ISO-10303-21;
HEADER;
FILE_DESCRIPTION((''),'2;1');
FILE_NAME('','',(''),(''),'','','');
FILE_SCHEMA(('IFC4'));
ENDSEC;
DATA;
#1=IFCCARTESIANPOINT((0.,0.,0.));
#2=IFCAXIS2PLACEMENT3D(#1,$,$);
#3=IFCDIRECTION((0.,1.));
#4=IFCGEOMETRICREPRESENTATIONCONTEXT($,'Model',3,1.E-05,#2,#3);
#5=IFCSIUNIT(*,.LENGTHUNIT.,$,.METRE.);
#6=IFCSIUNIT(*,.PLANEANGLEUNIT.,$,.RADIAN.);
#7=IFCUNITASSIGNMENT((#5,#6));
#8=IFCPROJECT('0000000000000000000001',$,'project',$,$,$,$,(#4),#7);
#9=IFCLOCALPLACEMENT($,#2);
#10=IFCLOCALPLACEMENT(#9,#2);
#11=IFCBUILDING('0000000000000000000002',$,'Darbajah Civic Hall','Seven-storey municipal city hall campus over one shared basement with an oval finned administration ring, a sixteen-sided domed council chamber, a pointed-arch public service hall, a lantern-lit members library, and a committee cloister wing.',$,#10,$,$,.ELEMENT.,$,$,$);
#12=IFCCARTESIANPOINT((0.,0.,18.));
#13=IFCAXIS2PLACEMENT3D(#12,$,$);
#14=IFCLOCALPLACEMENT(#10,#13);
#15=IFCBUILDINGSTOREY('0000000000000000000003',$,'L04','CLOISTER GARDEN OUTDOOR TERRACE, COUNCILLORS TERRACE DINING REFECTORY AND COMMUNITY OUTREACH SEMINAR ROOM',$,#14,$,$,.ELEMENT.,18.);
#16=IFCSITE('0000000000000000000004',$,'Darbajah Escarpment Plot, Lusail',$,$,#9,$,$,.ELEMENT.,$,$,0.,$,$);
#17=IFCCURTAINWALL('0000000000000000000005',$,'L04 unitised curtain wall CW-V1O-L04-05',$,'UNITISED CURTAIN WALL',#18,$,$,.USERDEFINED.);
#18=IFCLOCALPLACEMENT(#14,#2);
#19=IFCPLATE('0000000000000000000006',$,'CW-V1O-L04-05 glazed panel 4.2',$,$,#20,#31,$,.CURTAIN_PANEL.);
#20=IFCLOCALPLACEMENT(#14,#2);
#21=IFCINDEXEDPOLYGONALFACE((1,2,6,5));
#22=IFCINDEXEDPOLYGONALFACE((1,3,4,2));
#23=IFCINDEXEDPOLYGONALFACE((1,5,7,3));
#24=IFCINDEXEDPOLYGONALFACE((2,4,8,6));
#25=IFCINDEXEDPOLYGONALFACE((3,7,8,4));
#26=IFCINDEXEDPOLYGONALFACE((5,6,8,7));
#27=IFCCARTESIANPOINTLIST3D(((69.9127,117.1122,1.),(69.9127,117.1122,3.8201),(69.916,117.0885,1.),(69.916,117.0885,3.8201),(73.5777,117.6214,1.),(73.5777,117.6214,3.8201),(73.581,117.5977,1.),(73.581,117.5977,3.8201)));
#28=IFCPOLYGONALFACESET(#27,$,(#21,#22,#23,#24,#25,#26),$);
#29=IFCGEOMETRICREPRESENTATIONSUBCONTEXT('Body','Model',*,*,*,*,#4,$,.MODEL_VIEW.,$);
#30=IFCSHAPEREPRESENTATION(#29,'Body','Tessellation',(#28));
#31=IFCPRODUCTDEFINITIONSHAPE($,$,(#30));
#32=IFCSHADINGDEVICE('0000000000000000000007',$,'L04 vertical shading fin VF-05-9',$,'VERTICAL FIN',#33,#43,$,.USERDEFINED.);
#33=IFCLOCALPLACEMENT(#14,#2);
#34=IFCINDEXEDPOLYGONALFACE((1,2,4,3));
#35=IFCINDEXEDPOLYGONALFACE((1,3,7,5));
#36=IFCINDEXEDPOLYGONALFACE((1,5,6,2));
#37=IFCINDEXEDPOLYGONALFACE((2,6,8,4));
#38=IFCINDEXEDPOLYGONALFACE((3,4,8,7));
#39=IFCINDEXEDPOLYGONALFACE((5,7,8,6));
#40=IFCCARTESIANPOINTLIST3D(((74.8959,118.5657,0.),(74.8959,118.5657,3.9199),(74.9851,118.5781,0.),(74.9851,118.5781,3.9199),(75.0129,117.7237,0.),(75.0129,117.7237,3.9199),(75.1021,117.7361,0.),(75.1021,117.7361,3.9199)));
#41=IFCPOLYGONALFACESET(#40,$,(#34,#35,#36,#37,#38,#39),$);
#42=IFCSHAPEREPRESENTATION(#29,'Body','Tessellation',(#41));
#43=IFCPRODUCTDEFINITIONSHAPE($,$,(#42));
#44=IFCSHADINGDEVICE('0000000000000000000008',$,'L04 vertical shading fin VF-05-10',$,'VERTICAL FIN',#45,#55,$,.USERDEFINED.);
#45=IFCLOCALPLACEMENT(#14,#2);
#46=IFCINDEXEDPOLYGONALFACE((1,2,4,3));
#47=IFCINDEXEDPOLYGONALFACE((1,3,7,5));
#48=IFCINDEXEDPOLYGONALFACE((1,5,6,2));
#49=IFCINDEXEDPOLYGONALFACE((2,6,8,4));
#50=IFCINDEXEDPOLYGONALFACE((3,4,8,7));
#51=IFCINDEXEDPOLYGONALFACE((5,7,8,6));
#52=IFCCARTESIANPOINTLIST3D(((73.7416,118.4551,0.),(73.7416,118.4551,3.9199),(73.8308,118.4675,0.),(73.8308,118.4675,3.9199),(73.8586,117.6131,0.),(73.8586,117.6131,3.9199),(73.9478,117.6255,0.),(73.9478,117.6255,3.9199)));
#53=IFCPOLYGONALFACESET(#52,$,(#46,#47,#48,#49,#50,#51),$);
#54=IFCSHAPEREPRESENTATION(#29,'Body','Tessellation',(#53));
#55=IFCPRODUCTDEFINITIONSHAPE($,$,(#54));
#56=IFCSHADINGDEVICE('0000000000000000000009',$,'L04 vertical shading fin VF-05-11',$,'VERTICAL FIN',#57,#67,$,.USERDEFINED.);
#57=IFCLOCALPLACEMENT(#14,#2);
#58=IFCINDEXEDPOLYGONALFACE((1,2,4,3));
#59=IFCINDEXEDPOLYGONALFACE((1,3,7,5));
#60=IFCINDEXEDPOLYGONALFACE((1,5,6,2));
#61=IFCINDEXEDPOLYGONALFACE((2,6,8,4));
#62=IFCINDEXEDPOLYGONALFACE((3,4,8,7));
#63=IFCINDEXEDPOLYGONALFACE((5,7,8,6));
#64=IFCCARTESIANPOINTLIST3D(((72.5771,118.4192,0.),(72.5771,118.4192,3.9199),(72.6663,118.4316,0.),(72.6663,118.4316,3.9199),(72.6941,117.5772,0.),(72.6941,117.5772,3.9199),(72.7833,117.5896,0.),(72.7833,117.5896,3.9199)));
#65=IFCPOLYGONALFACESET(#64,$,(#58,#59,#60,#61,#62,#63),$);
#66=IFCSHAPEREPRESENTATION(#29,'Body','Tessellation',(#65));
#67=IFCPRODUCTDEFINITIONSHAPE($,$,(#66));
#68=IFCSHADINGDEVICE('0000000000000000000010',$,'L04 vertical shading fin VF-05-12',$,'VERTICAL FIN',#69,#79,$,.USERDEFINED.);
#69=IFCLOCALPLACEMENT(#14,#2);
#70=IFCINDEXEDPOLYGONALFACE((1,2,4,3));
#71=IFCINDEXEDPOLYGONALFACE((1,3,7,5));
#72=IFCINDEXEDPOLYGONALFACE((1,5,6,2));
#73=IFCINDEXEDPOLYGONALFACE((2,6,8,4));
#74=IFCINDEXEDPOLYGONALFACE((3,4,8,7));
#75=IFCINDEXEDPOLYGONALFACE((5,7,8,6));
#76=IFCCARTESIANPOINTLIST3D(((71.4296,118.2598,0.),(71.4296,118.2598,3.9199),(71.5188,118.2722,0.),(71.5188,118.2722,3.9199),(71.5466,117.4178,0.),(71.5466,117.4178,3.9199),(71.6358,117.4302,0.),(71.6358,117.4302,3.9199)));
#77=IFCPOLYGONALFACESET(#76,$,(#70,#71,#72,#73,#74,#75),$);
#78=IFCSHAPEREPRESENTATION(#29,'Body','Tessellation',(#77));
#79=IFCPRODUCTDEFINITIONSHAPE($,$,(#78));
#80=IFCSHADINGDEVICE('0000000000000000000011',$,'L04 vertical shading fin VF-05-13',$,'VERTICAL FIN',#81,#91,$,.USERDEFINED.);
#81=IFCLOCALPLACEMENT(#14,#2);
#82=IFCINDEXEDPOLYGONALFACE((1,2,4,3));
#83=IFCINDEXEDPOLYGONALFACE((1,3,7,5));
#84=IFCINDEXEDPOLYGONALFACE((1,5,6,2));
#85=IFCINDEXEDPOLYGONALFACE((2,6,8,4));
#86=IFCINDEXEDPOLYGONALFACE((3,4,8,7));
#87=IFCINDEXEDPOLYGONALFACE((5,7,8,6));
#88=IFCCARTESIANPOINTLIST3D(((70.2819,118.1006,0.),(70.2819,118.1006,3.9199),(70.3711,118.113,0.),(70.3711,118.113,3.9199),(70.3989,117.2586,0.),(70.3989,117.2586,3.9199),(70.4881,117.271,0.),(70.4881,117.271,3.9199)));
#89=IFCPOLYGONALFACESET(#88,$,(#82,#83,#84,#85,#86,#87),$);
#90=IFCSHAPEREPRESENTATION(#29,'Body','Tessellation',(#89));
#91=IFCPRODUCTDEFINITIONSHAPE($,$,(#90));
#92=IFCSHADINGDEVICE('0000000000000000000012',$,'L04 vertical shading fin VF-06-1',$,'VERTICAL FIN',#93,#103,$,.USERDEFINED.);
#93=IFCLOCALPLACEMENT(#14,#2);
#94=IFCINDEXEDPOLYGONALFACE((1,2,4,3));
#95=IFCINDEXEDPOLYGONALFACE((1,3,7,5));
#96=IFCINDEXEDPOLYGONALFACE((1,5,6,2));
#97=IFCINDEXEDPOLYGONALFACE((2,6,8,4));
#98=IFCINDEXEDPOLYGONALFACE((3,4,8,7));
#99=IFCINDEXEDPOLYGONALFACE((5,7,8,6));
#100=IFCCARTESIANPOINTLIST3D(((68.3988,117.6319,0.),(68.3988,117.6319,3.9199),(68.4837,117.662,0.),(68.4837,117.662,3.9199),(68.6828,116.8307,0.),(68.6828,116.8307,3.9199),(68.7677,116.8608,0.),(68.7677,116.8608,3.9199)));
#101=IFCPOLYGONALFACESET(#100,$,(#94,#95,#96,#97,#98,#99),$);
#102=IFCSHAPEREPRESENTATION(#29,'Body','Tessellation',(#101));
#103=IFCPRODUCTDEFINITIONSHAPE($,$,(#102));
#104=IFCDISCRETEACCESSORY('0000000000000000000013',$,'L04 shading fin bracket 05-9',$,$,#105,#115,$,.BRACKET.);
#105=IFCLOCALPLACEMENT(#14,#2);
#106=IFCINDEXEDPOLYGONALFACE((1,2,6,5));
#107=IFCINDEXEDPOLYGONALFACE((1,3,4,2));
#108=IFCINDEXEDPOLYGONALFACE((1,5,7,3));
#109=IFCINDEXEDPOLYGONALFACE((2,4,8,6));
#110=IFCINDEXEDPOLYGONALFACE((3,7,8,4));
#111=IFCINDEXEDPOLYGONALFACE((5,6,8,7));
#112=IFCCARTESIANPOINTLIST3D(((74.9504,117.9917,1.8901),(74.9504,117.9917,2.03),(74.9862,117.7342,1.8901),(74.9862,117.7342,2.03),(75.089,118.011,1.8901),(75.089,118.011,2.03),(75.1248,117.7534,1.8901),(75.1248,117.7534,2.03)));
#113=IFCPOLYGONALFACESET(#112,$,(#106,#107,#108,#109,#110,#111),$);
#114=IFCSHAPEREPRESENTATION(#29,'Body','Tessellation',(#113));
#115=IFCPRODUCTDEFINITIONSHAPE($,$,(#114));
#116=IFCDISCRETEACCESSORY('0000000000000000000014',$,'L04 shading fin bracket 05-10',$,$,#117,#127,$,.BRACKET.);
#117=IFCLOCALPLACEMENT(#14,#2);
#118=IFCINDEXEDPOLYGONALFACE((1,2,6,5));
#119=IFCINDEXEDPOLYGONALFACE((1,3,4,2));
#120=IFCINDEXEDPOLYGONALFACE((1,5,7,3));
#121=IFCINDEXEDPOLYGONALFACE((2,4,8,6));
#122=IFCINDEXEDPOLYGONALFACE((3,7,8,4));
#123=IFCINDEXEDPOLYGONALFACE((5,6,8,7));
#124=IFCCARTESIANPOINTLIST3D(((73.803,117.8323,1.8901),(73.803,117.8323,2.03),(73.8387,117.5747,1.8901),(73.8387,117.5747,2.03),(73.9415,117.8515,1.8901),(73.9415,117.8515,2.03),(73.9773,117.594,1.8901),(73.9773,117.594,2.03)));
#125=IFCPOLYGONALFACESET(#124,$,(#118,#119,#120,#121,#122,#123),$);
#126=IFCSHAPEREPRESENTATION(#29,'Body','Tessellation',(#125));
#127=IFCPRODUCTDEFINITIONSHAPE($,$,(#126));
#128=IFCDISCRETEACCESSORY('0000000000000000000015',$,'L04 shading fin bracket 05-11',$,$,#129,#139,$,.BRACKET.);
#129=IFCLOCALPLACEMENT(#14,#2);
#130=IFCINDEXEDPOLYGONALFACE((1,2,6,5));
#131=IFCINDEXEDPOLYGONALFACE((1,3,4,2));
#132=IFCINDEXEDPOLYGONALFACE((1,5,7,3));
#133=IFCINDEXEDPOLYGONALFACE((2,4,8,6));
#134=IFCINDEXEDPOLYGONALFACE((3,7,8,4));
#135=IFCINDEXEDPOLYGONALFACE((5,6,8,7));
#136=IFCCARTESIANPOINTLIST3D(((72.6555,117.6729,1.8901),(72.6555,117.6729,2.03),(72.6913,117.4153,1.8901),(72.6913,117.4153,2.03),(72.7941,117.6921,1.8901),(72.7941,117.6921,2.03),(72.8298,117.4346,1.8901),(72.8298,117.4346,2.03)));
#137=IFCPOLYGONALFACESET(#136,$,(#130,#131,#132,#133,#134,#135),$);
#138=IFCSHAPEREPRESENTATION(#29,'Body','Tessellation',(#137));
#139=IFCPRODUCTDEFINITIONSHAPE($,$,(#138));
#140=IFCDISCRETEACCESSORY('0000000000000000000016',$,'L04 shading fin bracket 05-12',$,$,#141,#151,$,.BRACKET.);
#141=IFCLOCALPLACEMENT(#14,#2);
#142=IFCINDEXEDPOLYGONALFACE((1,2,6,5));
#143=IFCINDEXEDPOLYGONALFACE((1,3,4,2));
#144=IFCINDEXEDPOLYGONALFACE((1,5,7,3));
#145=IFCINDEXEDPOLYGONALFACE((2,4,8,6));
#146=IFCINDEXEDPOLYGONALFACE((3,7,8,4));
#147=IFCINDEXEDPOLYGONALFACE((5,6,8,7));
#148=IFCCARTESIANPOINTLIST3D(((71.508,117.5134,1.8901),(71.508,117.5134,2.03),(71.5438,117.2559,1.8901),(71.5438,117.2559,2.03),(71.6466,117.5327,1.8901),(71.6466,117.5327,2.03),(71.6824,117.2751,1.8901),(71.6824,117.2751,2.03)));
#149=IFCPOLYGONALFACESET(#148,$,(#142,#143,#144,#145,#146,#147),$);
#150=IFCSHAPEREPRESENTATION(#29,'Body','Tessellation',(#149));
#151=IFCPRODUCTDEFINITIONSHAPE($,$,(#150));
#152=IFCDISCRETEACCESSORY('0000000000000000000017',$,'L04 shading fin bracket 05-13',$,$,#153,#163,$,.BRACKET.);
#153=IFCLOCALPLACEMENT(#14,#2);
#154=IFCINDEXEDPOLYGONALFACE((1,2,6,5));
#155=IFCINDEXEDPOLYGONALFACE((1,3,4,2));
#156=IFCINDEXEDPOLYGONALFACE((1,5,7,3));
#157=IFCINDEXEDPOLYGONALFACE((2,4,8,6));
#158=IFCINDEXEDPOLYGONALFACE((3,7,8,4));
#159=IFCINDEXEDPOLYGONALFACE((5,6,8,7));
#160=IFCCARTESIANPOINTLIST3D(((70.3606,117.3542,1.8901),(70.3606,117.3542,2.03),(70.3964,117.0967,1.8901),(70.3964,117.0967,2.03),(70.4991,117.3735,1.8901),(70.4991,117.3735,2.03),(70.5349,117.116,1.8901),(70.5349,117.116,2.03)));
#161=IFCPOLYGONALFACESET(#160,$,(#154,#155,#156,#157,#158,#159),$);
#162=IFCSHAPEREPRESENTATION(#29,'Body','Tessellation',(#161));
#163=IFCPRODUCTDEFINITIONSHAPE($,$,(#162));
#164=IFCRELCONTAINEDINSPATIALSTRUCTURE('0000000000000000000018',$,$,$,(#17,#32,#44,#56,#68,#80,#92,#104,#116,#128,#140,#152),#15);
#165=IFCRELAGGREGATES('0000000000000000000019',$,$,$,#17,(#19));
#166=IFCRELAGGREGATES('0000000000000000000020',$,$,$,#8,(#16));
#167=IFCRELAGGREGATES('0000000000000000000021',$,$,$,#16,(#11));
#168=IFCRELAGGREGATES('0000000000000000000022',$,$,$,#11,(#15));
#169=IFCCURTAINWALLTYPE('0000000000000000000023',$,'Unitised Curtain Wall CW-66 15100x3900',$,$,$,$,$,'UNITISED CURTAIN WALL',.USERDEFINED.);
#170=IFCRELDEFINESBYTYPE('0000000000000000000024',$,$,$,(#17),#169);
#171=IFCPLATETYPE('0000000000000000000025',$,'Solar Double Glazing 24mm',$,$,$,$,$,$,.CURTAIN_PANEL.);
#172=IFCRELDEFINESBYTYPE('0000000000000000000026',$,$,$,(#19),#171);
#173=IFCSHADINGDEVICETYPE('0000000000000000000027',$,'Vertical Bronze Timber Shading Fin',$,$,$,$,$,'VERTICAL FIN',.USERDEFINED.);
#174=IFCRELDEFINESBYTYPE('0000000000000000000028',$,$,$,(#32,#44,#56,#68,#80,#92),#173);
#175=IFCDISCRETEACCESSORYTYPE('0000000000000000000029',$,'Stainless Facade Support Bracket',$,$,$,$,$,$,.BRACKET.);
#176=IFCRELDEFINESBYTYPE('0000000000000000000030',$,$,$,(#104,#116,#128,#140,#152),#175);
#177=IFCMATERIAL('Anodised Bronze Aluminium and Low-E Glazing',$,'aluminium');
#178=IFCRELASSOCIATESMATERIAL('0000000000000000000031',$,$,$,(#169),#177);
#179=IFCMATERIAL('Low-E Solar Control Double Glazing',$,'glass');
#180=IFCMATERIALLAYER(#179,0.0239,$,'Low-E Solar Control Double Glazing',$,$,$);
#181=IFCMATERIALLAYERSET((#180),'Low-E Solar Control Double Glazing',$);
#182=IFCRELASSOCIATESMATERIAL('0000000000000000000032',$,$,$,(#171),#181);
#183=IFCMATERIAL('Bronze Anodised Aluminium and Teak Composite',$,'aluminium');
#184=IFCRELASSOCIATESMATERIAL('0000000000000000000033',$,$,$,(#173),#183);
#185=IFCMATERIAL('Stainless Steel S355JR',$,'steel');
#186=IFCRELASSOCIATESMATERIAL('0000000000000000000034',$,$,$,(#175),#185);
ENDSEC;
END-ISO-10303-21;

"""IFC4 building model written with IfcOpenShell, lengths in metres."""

from ifc_helpers import new_model, si_unit, direction, frame, origin, origin_2d, place, context, subcontext, project, spatial, rectangle, extrude, material, layer, layer_set, type_object, element, aggregate, save


model = new_model("IFC4")

# Units and contexts
model_context = context("Model", 3, precision=1e-05, world=origin(), true_north=direction((0.0, 1.0)))
body_context = subcontext(model_context, "Body", "Model", "MODEL_VIEW")
ifc_project = project(units=[si_unit("LENGTHUNIT", "METRE"), si_unit("PLANEANGLEUNIT", "RADIAN")], contexts=[model_context])

# Site, building, storey
site_placement = place(None, origin())
site = spatial("IfcSite", under=ifc_project, at=site_placement, Name="Darbajah Escarpment Plot, Lusail", CompositionType="ELEMENT", RefElevation=0.0)
building_placement = place(site_placement, origin())
building = spatial("IfcBuilding", under=site, at=building_placement, Name="Darbajah Civic Hall", Description="Seven-storey municipal city hall campus over one shared basement with an oval finned administration ring, a sixteen-sided domed council chamber, a pointed-arch public service hall, a lantern-lit members library, and a committee cloister wing.", CompositionType="ELEMENT")
storey_placement = place(building_placement, frame((0.0, 0.0, 18.0)))
storey = spatial("IfcBuildingStorey", under=building, at=storey_placement, Name="L04", Description="CLOISTER GARDEN OUTDOOR TERRACE, COUNCILLORS TERRACE DINING REFECTORY AND COMMUNITY OUTREACH SEMINAR ROOM", CompositionType="ELEMENT", Elevation=18.0)

# Curtain wall
ifc_material_1 = material(Name="Anodised Bronze Aluminium and Low-E Glazing", Category="aluminium")
curtain_wall_type_1 = type_object("IfcCurtainWallType", Name="Unitised Curtain Wall CW-66 15100x3900", ElementType="UNITISED CURTAIN WALL", PredefinedType="USERDEFINED", material=ifc_material_1)
curtain_wall_1_placement = place(storey_placement, origin())
curtain_wall_1 = element("IfcCurtainWall", 1, at=curtain_wall_1_placement, inside=storey, type_object=curtain_wall_type_1, Name="L04 unitised curtain wall CW-V1O-L04-05", ObjectType="UNITISED CURTAIN WALL", PredefinedType="USERDEFINED")

# Plate
ifc_material_2 = material(Name="Low-E Solar Control Double Glazing", Category="glass")
ifc_layer = layer(ifc_material_2, 0.0239, Name="Low-E Solar Control Double Glazing")
ifc_layer_set = layer_set([ifc_layer], Name="Low-E Solar Control Double Glazing")
plate_type = type_object("IfcPlateType", Name="Solar Double Glazing 24mm", PredefinedType="CURTAIN_PANEL", material=ifc_layer_set)
plate_1_placement = place(storey_placement, frame((71.7468, 117.355, 1.0), z_axis=(0.0, 0.0, 1.0), x_axis=(-0.990485, -0.137617, 0.0)))
plate_1 = element("IfcPlate", 2, at=plate_1_placement, type_object=plate_type, Name="CW-V1O-L04-05 glazed panel 4.2", PredefinedType="CURTAIN_PANEL", context=body_context, shape_type="SweptSolid", body=[
    extrude(rectangle(XDim=3.7002, YDim=0.0239, at=origin_2d()), origin(), (0.0, 0.0, 1.0), 2.8201),
])
aggregate(curtain_wall_1, [plate_1])

# Shading devices
ifc_material_3 = material(Name="Bronze Anodised Aluminium and Teak Composite", Category="aluminium")
shading_device_type = type_object("IfcShadingDeviceType", Name="Vertical Bronze Timber Shading Fin", ElementType="VERTICAL FIN", PredefinedType="USERDEFINED", material=ifc_material_3)
for number, where, z_axis, x_axis, name in (
    (3, (74.999, 118.1509, 0.0), (0.0, 0.0, 1.0), (-0.137617, 0.990485, 0.0), "L04 vertical shading fin VF-05-9"),
    (4, (73.8447, 118.0403, 0.0), (0.0, 0.0, 1.0), (-0.137617, 0.990485, 0.0), "L04 vertical shading fin VF-05-10"),
    (5, (72.6802, 118.0044, 0.0), (0.0, 0.0, 1.0), (-0.137617, 0.990485, 0.0), "L04 vertical shading fin VF-05-11"),
    (6, (71.5327, 117.845, 0.0), (0.0, 0.0, 1.0), (-0.137617, 0.990485, 0.0), "L04 vertical shading fin VF-05-12"),
    (7, (70.385, 117.6858, 0.0), (0.0, 0.0, 1.0), (-0.137617, 0.990485, 0.0), "L04 vertical shading fin VF-05-13"),
    (8, (68.5833, 117.2463, 0.0), (0.0, 0.0, 1.0), (-0.334136, 0.942525, 0.0), "L04 vertical shading fin VF-06-1"),
):
    element("IfcShadingDevice", number, at=place(storey_placement, frame(where, z_axis=z_axis, x_axis=x_axis)), inside=storey, type_object=shading_device_type, Name=name, ObjectType="VERTICAL FIN", PredefinedType="USERDEFINED", context=body_context, shape_type="SweptSolid", body=[
        extrude(rectangle(XDim=0.8501, YDim=0.0901, at=origin_2d()), origin(), (0.0, 0.0, 1.0), 3.9199),
    ])

# Discrete accessories
ifc_material_4 = material(Name="Stainless Steel S355JR", Category="steel")
discrete_accessory_type = type_object("IfcDiscreteAccessoryType", Name="Stainless Facade Support Bracket", PredefinedType="BRACKET", material=ifc_material_4)
for number, where, z_axis, x_axis, name in (
    (9, (75.0376, 117.8726, 1.8901), (0.0, 0.0, 1.0), (-0.137617, 0.990485, 0.0), "L04 shading fin bracket 05-9"),
    (10, (73.8901, 117.7131, 1.8901), (0.0, 0.0, 1.0), (-0.137617, 0.990485, 0.0), "L04 shading fin bracket 05-10"),
    (11, (72.7427, 117.5537, 1.8901), (0.0, 0.0, 1.0), (-0.137617, 0.990485, 0.0), "L04 shading fin bracket 05-11"),
    (12, (71.5952, 117.3943, 1.8901), (0.0, 0.0, 1.0), (-0.137617, 0.990485, 0.0), "L04 shading fin bracket 05-12"),
    (13, (70.4478, 117.2351, 1.8901), (0.0, 0.0, 1.0), (-0.137617, 0.990485, 0.0), "L04 shading fin bracket 05-13"),
):
    element("IfcDiscreteAccessory", number, at=place(storey_placement, frame(where, z_axis=z_axis, x_axis=x_axis)), inside=storey, type_object=discrete_accessory_type, Name=name, PredefinedType="BRACKET", context=body_context, shape_type="SweptSolid", body=[
        extrude(rectangle(XDim=0.26, YDim=0.1399, at=origin_2d()), origin(), (0.0, 0.0, 1.0), 0.1399),
    ])

save(model, "model.ifc")
